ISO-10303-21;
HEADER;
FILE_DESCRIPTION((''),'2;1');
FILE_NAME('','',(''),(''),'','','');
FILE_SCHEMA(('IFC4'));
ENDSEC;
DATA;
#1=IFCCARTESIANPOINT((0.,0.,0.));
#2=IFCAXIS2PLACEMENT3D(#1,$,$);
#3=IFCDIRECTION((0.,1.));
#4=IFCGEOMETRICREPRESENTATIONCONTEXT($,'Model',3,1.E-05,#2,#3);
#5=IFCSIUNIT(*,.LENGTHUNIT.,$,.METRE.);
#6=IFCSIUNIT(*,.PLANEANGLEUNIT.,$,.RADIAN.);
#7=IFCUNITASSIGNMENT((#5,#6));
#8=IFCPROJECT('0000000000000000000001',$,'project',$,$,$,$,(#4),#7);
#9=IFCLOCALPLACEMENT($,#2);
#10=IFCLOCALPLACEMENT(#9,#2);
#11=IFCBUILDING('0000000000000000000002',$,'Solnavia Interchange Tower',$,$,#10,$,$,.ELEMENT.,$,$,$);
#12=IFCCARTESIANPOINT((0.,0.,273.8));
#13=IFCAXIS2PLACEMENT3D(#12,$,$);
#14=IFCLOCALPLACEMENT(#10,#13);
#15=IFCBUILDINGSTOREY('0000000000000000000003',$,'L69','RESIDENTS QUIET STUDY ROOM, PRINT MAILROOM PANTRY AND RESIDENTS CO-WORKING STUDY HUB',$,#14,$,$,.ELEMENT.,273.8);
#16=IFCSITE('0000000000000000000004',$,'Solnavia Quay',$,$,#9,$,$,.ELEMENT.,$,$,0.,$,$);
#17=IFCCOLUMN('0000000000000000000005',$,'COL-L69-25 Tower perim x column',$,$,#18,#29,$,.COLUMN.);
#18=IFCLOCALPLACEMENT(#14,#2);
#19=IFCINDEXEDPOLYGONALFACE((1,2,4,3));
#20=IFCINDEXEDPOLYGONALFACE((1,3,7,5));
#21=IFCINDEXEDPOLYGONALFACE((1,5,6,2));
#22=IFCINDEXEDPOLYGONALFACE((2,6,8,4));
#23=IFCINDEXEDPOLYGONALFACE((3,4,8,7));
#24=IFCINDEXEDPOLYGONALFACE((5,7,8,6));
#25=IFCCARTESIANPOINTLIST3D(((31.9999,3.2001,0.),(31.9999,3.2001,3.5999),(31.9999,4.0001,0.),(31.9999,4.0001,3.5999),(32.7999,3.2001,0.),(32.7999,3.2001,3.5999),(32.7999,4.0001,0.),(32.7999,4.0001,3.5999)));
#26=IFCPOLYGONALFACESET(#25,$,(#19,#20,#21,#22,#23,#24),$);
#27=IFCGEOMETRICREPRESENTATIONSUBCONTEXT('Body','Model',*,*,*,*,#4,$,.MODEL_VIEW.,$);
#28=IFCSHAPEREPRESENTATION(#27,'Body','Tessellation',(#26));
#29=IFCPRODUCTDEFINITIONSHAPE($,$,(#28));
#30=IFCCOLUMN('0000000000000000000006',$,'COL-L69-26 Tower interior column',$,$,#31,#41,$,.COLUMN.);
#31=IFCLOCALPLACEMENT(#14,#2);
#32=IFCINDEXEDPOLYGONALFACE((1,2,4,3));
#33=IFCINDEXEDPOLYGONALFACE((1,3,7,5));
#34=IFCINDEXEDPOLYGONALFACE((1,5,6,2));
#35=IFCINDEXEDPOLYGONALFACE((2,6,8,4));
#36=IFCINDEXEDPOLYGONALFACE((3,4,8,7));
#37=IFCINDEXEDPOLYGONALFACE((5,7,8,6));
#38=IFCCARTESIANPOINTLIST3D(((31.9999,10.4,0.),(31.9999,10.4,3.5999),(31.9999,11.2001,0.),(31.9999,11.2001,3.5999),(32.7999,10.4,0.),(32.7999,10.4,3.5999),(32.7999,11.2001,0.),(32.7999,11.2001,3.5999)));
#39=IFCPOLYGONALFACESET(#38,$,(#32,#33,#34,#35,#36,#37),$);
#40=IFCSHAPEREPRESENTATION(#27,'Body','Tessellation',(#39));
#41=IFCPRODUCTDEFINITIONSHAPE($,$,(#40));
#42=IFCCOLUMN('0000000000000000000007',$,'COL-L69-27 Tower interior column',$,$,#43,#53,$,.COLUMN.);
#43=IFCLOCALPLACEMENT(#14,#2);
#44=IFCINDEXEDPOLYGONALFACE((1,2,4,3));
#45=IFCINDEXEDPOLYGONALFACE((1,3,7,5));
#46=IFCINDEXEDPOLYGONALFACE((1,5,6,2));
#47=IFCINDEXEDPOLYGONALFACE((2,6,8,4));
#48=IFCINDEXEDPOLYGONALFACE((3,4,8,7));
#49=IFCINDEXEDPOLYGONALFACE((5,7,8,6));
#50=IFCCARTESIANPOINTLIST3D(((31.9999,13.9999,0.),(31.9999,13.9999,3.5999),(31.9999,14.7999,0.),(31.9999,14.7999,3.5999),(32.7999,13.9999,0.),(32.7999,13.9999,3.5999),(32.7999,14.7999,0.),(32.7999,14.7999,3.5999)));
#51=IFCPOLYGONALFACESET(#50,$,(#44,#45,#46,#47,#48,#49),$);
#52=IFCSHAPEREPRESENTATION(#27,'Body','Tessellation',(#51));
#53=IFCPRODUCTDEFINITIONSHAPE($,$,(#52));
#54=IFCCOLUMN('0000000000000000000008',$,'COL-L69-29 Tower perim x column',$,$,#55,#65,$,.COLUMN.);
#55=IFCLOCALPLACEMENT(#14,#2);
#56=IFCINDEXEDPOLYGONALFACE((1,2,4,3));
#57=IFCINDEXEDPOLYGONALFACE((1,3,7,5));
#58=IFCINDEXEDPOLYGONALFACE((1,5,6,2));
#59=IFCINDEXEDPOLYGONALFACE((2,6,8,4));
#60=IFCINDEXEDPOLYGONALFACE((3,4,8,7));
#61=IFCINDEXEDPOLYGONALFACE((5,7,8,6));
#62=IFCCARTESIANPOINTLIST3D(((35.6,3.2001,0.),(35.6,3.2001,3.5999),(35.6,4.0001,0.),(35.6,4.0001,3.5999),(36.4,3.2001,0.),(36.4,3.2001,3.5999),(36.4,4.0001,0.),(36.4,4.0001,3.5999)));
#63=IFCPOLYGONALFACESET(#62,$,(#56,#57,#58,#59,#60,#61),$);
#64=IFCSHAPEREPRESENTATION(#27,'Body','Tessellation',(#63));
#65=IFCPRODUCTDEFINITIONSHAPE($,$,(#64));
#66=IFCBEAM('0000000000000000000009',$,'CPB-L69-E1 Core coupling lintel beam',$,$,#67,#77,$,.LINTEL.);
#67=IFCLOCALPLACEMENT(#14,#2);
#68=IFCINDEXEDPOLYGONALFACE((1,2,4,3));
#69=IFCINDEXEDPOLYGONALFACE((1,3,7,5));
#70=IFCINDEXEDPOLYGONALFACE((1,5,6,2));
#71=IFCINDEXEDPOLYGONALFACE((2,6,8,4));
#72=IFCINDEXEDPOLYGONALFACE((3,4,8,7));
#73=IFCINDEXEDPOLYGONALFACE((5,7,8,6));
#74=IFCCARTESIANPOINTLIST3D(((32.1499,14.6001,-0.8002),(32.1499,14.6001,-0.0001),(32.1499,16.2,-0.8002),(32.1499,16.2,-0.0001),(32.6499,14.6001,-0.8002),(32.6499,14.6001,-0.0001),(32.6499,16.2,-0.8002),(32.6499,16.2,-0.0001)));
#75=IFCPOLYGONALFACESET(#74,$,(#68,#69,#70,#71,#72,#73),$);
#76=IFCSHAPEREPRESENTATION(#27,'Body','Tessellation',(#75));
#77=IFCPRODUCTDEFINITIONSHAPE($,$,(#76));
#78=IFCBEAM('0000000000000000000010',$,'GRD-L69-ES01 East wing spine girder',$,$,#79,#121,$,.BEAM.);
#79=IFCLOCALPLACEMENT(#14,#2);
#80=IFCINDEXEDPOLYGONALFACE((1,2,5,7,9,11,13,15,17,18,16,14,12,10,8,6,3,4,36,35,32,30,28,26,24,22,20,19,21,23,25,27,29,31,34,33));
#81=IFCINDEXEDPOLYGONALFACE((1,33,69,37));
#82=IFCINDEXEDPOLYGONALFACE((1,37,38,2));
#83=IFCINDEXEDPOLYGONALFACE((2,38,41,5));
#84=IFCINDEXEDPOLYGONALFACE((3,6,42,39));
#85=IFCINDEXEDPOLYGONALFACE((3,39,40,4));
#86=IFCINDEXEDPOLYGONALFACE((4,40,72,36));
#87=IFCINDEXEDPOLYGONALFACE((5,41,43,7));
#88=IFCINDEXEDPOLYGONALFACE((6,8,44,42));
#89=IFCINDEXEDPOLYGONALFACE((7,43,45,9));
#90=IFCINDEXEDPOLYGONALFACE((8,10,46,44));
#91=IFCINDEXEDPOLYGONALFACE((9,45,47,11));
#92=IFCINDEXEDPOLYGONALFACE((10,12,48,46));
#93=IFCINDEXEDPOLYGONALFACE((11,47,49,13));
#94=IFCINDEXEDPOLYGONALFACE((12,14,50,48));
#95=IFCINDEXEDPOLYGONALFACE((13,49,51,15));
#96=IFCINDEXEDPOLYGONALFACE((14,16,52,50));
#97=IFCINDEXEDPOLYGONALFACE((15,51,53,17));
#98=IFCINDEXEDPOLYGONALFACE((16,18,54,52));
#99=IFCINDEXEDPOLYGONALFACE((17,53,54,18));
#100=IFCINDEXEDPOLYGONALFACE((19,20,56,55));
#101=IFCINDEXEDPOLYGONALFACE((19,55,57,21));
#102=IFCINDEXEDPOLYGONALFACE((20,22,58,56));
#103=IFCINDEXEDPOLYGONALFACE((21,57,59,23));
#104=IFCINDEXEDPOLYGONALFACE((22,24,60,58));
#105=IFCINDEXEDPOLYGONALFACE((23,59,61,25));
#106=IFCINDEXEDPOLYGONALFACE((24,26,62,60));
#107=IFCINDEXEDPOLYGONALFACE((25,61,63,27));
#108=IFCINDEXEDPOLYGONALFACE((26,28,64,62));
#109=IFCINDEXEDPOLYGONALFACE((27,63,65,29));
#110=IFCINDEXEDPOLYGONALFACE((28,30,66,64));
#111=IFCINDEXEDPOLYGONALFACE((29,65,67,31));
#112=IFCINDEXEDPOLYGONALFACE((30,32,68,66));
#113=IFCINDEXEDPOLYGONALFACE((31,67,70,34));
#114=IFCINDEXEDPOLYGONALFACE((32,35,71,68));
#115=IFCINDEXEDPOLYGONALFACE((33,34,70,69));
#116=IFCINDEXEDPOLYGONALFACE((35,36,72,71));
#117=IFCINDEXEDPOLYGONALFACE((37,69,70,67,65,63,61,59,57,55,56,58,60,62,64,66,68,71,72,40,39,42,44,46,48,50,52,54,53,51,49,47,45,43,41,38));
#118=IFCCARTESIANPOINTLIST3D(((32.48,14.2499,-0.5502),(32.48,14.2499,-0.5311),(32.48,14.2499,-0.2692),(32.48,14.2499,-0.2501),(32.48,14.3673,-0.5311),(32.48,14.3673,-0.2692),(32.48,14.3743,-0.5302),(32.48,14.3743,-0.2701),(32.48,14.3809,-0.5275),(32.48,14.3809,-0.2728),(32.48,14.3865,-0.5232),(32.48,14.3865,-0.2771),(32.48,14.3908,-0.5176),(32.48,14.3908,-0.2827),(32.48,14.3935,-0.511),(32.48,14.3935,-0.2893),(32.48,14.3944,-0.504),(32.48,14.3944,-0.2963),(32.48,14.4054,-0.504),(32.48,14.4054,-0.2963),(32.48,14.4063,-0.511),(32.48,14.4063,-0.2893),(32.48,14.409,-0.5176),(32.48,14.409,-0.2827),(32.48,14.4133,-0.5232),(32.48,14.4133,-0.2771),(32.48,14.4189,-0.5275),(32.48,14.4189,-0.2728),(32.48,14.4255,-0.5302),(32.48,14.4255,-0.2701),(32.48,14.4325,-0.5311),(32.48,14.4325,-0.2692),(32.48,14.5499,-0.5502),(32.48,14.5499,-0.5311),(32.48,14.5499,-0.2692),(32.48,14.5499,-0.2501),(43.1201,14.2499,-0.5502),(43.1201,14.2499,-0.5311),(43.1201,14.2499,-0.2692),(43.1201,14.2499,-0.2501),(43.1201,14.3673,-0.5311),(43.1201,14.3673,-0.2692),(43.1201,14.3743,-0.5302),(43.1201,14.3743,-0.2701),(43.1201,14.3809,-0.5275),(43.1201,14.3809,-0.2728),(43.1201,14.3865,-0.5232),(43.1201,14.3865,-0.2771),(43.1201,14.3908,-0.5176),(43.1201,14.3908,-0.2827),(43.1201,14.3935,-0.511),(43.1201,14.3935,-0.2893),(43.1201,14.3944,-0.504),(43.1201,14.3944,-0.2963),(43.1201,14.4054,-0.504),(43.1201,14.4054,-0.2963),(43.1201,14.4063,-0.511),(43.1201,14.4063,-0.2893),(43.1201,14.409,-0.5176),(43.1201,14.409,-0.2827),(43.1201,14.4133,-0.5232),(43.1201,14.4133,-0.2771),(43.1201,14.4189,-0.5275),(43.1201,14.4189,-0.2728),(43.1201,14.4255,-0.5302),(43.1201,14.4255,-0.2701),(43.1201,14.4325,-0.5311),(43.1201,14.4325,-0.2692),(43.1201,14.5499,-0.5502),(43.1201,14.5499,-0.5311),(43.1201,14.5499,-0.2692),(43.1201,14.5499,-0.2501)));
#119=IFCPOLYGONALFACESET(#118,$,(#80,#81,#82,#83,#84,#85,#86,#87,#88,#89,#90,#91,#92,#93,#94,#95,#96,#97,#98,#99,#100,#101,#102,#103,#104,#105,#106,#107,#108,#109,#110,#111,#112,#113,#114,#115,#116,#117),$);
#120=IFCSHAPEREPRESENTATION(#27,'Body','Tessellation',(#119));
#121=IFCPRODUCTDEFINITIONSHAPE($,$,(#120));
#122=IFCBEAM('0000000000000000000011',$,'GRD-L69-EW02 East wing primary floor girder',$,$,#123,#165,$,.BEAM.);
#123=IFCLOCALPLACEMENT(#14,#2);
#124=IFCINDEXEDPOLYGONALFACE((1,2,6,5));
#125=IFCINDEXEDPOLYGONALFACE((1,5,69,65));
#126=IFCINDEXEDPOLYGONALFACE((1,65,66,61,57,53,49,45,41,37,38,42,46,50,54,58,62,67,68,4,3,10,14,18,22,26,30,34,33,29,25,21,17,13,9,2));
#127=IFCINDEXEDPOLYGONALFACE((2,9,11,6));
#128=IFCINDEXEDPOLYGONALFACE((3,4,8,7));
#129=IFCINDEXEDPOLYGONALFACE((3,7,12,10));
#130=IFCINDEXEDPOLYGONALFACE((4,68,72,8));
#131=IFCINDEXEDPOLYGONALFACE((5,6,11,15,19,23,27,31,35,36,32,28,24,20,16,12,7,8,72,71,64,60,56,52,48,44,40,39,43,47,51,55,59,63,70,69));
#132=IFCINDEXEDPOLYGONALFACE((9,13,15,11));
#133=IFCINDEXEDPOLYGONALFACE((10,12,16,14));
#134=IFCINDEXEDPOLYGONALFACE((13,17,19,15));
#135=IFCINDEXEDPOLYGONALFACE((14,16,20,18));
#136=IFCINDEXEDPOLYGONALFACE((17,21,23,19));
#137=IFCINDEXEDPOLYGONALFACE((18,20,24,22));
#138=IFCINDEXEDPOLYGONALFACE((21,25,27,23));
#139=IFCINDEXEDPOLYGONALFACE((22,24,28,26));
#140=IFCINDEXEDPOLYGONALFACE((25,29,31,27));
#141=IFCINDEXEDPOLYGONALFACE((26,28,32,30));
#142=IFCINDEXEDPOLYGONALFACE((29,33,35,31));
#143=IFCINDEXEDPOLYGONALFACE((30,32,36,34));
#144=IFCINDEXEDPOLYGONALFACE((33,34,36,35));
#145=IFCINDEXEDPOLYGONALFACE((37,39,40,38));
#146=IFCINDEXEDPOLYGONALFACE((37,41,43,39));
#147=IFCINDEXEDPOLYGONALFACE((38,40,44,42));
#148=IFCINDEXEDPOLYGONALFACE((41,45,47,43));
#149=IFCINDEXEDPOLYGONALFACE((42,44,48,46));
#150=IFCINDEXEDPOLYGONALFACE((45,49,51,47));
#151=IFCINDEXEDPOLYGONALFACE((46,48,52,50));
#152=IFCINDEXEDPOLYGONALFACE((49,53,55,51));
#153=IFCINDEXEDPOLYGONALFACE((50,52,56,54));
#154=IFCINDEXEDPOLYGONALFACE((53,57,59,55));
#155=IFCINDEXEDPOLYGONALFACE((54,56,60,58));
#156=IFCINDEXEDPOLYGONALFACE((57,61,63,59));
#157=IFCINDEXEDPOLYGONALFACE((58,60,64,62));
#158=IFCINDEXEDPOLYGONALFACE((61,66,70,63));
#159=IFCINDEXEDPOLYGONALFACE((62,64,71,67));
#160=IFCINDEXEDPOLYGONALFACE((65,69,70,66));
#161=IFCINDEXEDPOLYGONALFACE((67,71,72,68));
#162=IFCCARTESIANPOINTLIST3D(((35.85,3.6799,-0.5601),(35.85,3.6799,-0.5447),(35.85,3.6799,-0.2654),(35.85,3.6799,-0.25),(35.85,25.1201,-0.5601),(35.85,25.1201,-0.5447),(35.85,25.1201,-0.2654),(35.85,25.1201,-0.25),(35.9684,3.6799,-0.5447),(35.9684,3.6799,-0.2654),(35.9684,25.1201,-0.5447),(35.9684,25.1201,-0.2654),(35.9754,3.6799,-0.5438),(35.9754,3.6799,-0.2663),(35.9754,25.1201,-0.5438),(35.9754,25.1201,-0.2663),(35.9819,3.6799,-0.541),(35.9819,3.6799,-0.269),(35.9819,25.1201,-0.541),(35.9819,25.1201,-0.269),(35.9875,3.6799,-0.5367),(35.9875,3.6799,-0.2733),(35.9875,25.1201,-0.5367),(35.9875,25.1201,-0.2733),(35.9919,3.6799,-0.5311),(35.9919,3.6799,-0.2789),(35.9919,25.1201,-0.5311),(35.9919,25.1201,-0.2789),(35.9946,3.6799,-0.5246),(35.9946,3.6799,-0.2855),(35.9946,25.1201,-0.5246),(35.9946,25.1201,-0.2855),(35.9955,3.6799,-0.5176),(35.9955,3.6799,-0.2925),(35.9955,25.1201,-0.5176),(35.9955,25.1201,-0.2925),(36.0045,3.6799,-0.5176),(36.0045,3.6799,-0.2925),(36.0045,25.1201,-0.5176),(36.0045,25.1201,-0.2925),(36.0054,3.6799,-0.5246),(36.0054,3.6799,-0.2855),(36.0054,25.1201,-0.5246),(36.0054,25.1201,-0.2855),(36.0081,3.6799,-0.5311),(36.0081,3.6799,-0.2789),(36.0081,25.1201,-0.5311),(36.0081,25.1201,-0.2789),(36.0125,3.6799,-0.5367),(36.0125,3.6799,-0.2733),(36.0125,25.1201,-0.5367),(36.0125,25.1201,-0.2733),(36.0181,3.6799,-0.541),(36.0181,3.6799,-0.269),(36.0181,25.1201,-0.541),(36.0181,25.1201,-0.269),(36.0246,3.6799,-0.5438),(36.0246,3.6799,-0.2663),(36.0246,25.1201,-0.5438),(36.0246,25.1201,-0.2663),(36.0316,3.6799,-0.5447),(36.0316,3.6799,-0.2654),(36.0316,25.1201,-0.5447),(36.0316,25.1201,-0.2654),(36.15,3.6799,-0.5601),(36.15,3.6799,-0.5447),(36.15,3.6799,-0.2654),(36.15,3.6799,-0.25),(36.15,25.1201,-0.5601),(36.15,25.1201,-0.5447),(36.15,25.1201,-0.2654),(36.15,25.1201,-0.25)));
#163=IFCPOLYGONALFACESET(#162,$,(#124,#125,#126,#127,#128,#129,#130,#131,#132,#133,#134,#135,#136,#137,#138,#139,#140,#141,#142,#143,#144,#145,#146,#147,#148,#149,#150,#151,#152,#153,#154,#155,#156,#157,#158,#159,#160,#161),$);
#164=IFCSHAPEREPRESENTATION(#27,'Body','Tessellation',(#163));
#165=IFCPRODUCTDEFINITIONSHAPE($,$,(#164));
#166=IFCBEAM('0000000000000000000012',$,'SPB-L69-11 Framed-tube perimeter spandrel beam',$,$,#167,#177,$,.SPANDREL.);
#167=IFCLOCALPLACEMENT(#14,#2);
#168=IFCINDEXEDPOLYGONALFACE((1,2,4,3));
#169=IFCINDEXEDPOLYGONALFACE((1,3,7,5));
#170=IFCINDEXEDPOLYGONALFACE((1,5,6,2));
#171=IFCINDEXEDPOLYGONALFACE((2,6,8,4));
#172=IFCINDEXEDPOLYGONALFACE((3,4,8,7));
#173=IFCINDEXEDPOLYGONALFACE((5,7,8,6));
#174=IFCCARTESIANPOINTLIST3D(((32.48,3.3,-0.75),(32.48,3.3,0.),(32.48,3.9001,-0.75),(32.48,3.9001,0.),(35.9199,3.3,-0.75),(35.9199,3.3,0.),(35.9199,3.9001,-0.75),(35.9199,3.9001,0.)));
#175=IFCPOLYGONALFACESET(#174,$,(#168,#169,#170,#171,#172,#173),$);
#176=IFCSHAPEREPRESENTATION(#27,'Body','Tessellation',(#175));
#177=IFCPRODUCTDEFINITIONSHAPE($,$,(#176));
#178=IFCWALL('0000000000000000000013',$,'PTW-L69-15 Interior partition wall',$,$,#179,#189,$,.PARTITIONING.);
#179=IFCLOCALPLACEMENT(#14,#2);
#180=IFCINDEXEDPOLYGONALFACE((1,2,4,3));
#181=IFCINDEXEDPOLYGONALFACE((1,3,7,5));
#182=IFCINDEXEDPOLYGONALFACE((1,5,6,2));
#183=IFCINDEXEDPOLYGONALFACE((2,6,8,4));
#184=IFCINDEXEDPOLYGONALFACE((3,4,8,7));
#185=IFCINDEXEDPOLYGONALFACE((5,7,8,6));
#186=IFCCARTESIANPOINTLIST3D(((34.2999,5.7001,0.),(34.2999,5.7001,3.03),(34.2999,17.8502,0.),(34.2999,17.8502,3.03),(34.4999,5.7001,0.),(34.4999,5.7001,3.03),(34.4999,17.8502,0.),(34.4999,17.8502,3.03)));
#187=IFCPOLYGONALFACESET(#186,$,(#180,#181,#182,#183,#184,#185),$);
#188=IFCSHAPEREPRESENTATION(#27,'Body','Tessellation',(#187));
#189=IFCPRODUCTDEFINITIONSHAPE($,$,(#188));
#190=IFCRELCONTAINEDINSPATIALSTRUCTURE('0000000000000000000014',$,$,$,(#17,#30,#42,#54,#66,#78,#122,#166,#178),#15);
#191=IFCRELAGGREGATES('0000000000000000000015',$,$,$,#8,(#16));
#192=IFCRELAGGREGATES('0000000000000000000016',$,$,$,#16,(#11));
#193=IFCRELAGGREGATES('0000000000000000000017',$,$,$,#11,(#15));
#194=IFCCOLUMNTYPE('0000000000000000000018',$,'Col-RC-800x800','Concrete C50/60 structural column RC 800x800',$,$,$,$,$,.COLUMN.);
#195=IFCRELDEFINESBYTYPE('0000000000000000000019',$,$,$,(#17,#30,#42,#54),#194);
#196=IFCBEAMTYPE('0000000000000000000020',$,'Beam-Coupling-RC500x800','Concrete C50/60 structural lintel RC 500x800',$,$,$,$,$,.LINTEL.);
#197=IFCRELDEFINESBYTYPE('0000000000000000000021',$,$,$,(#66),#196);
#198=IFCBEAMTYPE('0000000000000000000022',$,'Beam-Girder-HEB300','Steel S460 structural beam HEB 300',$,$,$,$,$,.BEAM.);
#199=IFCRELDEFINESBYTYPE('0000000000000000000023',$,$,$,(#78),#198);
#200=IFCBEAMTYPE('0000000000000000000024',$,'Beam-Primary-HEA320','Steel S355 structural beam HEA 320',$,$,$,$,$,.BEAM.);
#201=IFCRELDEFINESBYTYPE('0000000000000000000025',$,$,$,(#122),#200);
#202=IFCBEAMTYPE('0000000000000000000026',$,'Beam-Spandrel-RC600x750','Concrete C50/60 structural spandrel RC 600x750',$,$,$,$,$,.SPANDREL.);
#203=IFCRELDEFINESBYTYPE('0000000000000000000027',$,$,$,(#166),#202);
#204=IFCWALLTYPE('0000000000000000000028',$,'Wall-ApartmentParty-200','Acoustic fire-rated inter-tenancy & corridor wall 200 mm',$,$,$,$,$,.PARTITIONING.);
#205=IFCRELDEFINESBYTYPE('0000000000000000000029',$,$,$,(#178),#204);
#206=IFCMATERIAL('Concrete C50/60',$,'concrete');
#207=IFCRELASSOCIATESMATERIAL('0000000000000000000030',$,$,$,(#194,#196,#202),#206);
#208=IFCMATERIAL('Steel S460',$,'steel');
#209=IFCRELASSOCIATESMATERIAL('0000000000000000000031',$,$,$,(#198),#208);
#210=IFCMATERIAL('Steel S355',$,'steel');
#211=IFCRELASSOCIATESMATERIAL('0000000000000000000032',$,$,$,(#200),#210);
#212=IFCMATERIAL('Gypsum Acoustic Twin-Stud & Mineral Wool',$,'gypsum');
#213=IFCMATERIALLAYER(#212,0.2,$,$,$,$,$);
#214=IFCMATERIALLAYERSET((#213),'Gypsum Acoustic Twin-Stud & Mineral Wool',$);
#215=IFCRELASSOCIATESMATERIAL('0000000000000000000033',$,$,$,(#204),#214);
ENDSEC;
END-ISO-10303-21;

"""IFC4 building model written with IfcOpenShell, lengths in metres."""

from ifc_helpers import new_model, si_unit, direction, frame, frame_2d, origin, origin_2d, place, context, subcontext, project, spatial, rectangle, i_section, extrude, material, layer, layer_set, material_profile, profile_set, type_object, element, save


model = new_model("IFC4")

# Units and contexts
model_context = context("Model", 3, precision=1e-05, world=origin(), true_north=direction((0.0, 1.0)))
body_context = subcontext(model_context, "Body", "Model", "MODEL_VIEW")
ifc_project = project(units=[si_unit("LENGTHUNIT", "METRE"), si_unit("PLANEANGLEUNIT", "RADIAN")], contexts=[model_context])

# Site, building, storey
site_placement = place(None, origin())
site = spatial("IfcSite", under=ifc_project, at=site_placement, Name="Solnavia Quay", CompositionType="ELEMENT", RefElevation=0.0)
building_placement = place(site_placement, origin())
building = spatial("IfcBuilding", under=site, at=building_placement, Name="Solnavia Interchange Tower", CompositionType="ELEMENT")
storey_placement = place(building_placement, frame((0.0, 0.0, 273.8)))
storey = spatial("IfcBuildingStorey", under=building, at=storey_placement, Name="L69", Description="RESIDENTS QUIET STUDY ROOM, PRINT MAILROOM PANTRY AND RESIDENTS CO-WORKING STUDY HUB", CompositionType="ELEMENT", Elevation=273.8)

# Columns
ifc_material_1 = material(Name="Concrete C50/60", Category="concrete")
ifc_material_profile_1 = material_profile(ifc_material_1, rectangle(XDim=0.8, YDim=0.8, at=origin_2d()), Name="RC 800x800")
ifc_profile_set_1 = profile_set([ifc_material_profile_1], Name="Concrete C50/60")
column_type = type_object("IfcColumnType", Name="Col-RC-800x800", Description="Concrete C50/60 structural column RC 800x800", PredefinedType="COLUMN", material=ifc_profile_set_1)
for number, where, z_axis, x_axis, name in (
    (1, (32.3999, 3.6001, 0.0), (0.0, 0.0, 1.0), (1.0, 0.0, 0.0), "COL-L69-25 Tower perim x column"),
    (2, (32.3999, 10.8, 0.0), (0.0, 0.0, 1.0), (1.0, 0.0, 0.0), "COL-L69-26 Tower interior column"),
    (3, (32.3999, 14.3999, 0.0), (0.0, 0.0, 1.0), (1.0, 0.0, 0.0), "COL-L69-27 Tower interior column"),
    (4, (36.0, 3.6001, 0.0), (0.0, 0.0, 1.0), (1.0, 0.0, 0.0), "COL-L69-29 Tower perim x column"),
):
    element("IfcColumn", number, at=place(storey_placement, frame(where, z_axis=z_axis, x_axis=x_axis)), inside=storey, type_object=column_type, Name=name, PredefinedType="COLUMN", context=body_context, shape_type="SweptSolid", body=[
        extrude(rectangle(XDim=0.8, YDim=0.8, at=origin_2d()), origin(), (0.0, 0.0, 1.0), 3.5999),
    ])

# Beams
ifc_material_profile_2 = material_profile(ifc_material_1, rectangle(XDim=0.5, YDim=0.8, at=origin_2d()), Name="RC 500x800")
ifc_profile_set_2 = profile_set([ifc_material_profile_2], Name="Concrete C50/60")
beam_type_1 = type_object("IfcBeamType", Name="Beam-Coupling-RC500x800", Description="Concrete C50/60 structural lintel RC 500x800", PredefinedType="LINTEL", material=ifc_profile_set_2)
beam_1_placement = place(storey_placement, frame((32.3999, 14.6001, -0.4001), z_axis=(0.0, 1.0, 0.0), x_axis=(-1.0, 0.0, 0.0)))
element("IfcBeam", 5, at=beam_1_placement, inside=storey, type_object=beam_type_1, Name="CPB-L69-E1 Core coupling lintel beam", PredefinedType="LINTEL", context=body_context, shape_type="SweptSolid", body=[
    extrude(rectangle(XDim=0.5, YDim=0.8, at=origin_2d()), origin(), (0.0, 0.0, 1.0), 1.5999),
])
ifc_material_2 = material(Name="Steel S460", Category="steel")
ifc_material_profile_3 = material_profile(ifc_material_2, i_section(OverallWidth=0.3, OverallDepth=0.3, WebThickness=0.011, FlangeThickness=0.019, FilletRadius=0.0271, at=origin_2d()), Name="HEB 300")
ifc_profile_set_3 = profile_set([ifc_material_profile_3], Name="Steel S460")
beam_type_2 = type_object("IfcBeamType", Name="Beam-Girder-HEB300", Description="Steel S460 structural beam HEB 300", PredefinedType="BEAM", material=ifc_profile_set_3)
beam_2_placement = place(storey_placement, frame((32.48, 14.3999, -0.4001), z_axis=(1.0, 0.0, 0.0), x_axis=(0.0, 1.0, 0.0)))
element("IfcBeam", 6, at=beam_2_placement, inside=storey, type_object=beam_type_2, Name="GRD-L69-ES01 East wing spine girder", PredefinedType="BEAM", context=body_context, shape_type="SweptSolid", body=[
    extrude(i_section(OverallWidth=0.3, OverallDepth=0.3, WebThickness=0.011, FlangeThickness=0.019, FilletRadius=0.0271, at=origin_2d()), origin(), (0.0, 0.0, 1.0), 10.6401),
])
ifc_material_3 = material(Name="Steel S355", Category="steel")
ifc_material_profile_4 = material_profile(ifc_material_3, i_section(OverallWidth=0.3, OverallDepth=0.3101, WebThickness=0.009, FlangeThickness=0.0154, FilletRadius=0.0271, at=origin_2d()), Name="HEA 320")
ifc_profile_set_4 = profile_set([ifc_material_profile_4], Name="Steel S355")
beam_type_3 = type_object("IfcBeamType", Name="Beam-Primary-HEA320", Description="Steel S355 structural beam HEA 320", PredefinedType="BEAM", material=ifc_profile_set_4)
beam_3_placement = place(storey_placement, frame((36.0, 3.6799, -0.405), z_axis=(0.0, 1.0, 0.0), x_axis=(-1.0, 0.0, 0.0)))
element("IfcBeam", 7, at=beam_3_placement, inside=storey, type_object=beam_type_3, Name="GRD-L69-EW02 East wing primary floor girder", PredefinedType="BEAM", context=body_context, shape_type="SweptSolid", body=[
    extrude(i_section(OverallWidth=0.3, OverallDepth=0.3101, WebThickness=0.009, FlangeThickness=0.0154, FilletRadius=0.0271, at=origin_2d()), origin(), (0.0, 0.0, 1.0), 21.4402),
])
ifc_material_profile_5 = material_profile(ifc_material_1, rectangle(XDim=0.6001, YDim=0.75, at=origin_2d()), Name="RC 600x750")
ifc_profile_set_5 = profile_set([ifc_material_profile_5], Name="Concrete C50/60")
beam_type_4 = type_object("IfcBeamType", Name="Beam-Spandrel-RC600x750", Description="Concrete C50/60 structural spandrel RC 600x750", PredefinedType="SPANDREL", material=ifc_profile_set_5)
beam_4_placement = place(storey_placement, frame((32.48, 3.6001, -0.375), z_axis=(1.0, 0.0, 0.0), x_axis=(0.0, 1.0, 0.0)))
element("IfcBeam", 8, at=beam_4_placement, inside=storey, type_object=beam_type_4, Name="SPB-L69-11 Framed-tube perimeter spandrel beam", PredefinedType="SPANDREL", context=body_context, shape_type="SweptSolid", body=[
    extrude(rectangle(XDim=0.6001, YDim=0.75, at=origin_2d()), origin(), (0.0, 0.0, 1.0), 3.4399),
])

# Wall
ifc_material_4 = material(Name="Gypsum Acoustic Twin-Stud & Mineral Wool", Category="gypsum")
ifc_layer_1 = layer(ifc_material_4, 0.2)
ifc_layer_set_1 = layer_set([ifc_layer_1], Name="Gypsum Acoustic Twin-Stud & Mineral Wool")
wall_type_1 = type_object("IfcWallType", Name="Wall-ApartmentParty-200", Description="Acoustic fire-rated inter-tenancy & corridor wall 200 mm", PredefinedType="PARTITIONING", material=ifc_layer_set_1)
wall_1_placement = place(storey_placement, frame((34.3999, 5.7, 0.0), z_axis=(0.0, 0.0, 1.0), x_axis=(0.0, 1.0, 0.0)))
element("IfcWall", 9, at=wall_1_placement, inside=storey, type_object=wall_type_1, Name="PTW-L69-15 Interior partition wall", PredefinedType="PARTITIONING", context=body_context, shape_type="SweptSolid", body=[
    extrude(rectangle(XDim=12.1501, YDim=0.2, at=frame_2d((6.0752, 0.0))), origin(), (0.0, 0.0, 1.0), 3.03),
])

save(model, "model.ifc")
